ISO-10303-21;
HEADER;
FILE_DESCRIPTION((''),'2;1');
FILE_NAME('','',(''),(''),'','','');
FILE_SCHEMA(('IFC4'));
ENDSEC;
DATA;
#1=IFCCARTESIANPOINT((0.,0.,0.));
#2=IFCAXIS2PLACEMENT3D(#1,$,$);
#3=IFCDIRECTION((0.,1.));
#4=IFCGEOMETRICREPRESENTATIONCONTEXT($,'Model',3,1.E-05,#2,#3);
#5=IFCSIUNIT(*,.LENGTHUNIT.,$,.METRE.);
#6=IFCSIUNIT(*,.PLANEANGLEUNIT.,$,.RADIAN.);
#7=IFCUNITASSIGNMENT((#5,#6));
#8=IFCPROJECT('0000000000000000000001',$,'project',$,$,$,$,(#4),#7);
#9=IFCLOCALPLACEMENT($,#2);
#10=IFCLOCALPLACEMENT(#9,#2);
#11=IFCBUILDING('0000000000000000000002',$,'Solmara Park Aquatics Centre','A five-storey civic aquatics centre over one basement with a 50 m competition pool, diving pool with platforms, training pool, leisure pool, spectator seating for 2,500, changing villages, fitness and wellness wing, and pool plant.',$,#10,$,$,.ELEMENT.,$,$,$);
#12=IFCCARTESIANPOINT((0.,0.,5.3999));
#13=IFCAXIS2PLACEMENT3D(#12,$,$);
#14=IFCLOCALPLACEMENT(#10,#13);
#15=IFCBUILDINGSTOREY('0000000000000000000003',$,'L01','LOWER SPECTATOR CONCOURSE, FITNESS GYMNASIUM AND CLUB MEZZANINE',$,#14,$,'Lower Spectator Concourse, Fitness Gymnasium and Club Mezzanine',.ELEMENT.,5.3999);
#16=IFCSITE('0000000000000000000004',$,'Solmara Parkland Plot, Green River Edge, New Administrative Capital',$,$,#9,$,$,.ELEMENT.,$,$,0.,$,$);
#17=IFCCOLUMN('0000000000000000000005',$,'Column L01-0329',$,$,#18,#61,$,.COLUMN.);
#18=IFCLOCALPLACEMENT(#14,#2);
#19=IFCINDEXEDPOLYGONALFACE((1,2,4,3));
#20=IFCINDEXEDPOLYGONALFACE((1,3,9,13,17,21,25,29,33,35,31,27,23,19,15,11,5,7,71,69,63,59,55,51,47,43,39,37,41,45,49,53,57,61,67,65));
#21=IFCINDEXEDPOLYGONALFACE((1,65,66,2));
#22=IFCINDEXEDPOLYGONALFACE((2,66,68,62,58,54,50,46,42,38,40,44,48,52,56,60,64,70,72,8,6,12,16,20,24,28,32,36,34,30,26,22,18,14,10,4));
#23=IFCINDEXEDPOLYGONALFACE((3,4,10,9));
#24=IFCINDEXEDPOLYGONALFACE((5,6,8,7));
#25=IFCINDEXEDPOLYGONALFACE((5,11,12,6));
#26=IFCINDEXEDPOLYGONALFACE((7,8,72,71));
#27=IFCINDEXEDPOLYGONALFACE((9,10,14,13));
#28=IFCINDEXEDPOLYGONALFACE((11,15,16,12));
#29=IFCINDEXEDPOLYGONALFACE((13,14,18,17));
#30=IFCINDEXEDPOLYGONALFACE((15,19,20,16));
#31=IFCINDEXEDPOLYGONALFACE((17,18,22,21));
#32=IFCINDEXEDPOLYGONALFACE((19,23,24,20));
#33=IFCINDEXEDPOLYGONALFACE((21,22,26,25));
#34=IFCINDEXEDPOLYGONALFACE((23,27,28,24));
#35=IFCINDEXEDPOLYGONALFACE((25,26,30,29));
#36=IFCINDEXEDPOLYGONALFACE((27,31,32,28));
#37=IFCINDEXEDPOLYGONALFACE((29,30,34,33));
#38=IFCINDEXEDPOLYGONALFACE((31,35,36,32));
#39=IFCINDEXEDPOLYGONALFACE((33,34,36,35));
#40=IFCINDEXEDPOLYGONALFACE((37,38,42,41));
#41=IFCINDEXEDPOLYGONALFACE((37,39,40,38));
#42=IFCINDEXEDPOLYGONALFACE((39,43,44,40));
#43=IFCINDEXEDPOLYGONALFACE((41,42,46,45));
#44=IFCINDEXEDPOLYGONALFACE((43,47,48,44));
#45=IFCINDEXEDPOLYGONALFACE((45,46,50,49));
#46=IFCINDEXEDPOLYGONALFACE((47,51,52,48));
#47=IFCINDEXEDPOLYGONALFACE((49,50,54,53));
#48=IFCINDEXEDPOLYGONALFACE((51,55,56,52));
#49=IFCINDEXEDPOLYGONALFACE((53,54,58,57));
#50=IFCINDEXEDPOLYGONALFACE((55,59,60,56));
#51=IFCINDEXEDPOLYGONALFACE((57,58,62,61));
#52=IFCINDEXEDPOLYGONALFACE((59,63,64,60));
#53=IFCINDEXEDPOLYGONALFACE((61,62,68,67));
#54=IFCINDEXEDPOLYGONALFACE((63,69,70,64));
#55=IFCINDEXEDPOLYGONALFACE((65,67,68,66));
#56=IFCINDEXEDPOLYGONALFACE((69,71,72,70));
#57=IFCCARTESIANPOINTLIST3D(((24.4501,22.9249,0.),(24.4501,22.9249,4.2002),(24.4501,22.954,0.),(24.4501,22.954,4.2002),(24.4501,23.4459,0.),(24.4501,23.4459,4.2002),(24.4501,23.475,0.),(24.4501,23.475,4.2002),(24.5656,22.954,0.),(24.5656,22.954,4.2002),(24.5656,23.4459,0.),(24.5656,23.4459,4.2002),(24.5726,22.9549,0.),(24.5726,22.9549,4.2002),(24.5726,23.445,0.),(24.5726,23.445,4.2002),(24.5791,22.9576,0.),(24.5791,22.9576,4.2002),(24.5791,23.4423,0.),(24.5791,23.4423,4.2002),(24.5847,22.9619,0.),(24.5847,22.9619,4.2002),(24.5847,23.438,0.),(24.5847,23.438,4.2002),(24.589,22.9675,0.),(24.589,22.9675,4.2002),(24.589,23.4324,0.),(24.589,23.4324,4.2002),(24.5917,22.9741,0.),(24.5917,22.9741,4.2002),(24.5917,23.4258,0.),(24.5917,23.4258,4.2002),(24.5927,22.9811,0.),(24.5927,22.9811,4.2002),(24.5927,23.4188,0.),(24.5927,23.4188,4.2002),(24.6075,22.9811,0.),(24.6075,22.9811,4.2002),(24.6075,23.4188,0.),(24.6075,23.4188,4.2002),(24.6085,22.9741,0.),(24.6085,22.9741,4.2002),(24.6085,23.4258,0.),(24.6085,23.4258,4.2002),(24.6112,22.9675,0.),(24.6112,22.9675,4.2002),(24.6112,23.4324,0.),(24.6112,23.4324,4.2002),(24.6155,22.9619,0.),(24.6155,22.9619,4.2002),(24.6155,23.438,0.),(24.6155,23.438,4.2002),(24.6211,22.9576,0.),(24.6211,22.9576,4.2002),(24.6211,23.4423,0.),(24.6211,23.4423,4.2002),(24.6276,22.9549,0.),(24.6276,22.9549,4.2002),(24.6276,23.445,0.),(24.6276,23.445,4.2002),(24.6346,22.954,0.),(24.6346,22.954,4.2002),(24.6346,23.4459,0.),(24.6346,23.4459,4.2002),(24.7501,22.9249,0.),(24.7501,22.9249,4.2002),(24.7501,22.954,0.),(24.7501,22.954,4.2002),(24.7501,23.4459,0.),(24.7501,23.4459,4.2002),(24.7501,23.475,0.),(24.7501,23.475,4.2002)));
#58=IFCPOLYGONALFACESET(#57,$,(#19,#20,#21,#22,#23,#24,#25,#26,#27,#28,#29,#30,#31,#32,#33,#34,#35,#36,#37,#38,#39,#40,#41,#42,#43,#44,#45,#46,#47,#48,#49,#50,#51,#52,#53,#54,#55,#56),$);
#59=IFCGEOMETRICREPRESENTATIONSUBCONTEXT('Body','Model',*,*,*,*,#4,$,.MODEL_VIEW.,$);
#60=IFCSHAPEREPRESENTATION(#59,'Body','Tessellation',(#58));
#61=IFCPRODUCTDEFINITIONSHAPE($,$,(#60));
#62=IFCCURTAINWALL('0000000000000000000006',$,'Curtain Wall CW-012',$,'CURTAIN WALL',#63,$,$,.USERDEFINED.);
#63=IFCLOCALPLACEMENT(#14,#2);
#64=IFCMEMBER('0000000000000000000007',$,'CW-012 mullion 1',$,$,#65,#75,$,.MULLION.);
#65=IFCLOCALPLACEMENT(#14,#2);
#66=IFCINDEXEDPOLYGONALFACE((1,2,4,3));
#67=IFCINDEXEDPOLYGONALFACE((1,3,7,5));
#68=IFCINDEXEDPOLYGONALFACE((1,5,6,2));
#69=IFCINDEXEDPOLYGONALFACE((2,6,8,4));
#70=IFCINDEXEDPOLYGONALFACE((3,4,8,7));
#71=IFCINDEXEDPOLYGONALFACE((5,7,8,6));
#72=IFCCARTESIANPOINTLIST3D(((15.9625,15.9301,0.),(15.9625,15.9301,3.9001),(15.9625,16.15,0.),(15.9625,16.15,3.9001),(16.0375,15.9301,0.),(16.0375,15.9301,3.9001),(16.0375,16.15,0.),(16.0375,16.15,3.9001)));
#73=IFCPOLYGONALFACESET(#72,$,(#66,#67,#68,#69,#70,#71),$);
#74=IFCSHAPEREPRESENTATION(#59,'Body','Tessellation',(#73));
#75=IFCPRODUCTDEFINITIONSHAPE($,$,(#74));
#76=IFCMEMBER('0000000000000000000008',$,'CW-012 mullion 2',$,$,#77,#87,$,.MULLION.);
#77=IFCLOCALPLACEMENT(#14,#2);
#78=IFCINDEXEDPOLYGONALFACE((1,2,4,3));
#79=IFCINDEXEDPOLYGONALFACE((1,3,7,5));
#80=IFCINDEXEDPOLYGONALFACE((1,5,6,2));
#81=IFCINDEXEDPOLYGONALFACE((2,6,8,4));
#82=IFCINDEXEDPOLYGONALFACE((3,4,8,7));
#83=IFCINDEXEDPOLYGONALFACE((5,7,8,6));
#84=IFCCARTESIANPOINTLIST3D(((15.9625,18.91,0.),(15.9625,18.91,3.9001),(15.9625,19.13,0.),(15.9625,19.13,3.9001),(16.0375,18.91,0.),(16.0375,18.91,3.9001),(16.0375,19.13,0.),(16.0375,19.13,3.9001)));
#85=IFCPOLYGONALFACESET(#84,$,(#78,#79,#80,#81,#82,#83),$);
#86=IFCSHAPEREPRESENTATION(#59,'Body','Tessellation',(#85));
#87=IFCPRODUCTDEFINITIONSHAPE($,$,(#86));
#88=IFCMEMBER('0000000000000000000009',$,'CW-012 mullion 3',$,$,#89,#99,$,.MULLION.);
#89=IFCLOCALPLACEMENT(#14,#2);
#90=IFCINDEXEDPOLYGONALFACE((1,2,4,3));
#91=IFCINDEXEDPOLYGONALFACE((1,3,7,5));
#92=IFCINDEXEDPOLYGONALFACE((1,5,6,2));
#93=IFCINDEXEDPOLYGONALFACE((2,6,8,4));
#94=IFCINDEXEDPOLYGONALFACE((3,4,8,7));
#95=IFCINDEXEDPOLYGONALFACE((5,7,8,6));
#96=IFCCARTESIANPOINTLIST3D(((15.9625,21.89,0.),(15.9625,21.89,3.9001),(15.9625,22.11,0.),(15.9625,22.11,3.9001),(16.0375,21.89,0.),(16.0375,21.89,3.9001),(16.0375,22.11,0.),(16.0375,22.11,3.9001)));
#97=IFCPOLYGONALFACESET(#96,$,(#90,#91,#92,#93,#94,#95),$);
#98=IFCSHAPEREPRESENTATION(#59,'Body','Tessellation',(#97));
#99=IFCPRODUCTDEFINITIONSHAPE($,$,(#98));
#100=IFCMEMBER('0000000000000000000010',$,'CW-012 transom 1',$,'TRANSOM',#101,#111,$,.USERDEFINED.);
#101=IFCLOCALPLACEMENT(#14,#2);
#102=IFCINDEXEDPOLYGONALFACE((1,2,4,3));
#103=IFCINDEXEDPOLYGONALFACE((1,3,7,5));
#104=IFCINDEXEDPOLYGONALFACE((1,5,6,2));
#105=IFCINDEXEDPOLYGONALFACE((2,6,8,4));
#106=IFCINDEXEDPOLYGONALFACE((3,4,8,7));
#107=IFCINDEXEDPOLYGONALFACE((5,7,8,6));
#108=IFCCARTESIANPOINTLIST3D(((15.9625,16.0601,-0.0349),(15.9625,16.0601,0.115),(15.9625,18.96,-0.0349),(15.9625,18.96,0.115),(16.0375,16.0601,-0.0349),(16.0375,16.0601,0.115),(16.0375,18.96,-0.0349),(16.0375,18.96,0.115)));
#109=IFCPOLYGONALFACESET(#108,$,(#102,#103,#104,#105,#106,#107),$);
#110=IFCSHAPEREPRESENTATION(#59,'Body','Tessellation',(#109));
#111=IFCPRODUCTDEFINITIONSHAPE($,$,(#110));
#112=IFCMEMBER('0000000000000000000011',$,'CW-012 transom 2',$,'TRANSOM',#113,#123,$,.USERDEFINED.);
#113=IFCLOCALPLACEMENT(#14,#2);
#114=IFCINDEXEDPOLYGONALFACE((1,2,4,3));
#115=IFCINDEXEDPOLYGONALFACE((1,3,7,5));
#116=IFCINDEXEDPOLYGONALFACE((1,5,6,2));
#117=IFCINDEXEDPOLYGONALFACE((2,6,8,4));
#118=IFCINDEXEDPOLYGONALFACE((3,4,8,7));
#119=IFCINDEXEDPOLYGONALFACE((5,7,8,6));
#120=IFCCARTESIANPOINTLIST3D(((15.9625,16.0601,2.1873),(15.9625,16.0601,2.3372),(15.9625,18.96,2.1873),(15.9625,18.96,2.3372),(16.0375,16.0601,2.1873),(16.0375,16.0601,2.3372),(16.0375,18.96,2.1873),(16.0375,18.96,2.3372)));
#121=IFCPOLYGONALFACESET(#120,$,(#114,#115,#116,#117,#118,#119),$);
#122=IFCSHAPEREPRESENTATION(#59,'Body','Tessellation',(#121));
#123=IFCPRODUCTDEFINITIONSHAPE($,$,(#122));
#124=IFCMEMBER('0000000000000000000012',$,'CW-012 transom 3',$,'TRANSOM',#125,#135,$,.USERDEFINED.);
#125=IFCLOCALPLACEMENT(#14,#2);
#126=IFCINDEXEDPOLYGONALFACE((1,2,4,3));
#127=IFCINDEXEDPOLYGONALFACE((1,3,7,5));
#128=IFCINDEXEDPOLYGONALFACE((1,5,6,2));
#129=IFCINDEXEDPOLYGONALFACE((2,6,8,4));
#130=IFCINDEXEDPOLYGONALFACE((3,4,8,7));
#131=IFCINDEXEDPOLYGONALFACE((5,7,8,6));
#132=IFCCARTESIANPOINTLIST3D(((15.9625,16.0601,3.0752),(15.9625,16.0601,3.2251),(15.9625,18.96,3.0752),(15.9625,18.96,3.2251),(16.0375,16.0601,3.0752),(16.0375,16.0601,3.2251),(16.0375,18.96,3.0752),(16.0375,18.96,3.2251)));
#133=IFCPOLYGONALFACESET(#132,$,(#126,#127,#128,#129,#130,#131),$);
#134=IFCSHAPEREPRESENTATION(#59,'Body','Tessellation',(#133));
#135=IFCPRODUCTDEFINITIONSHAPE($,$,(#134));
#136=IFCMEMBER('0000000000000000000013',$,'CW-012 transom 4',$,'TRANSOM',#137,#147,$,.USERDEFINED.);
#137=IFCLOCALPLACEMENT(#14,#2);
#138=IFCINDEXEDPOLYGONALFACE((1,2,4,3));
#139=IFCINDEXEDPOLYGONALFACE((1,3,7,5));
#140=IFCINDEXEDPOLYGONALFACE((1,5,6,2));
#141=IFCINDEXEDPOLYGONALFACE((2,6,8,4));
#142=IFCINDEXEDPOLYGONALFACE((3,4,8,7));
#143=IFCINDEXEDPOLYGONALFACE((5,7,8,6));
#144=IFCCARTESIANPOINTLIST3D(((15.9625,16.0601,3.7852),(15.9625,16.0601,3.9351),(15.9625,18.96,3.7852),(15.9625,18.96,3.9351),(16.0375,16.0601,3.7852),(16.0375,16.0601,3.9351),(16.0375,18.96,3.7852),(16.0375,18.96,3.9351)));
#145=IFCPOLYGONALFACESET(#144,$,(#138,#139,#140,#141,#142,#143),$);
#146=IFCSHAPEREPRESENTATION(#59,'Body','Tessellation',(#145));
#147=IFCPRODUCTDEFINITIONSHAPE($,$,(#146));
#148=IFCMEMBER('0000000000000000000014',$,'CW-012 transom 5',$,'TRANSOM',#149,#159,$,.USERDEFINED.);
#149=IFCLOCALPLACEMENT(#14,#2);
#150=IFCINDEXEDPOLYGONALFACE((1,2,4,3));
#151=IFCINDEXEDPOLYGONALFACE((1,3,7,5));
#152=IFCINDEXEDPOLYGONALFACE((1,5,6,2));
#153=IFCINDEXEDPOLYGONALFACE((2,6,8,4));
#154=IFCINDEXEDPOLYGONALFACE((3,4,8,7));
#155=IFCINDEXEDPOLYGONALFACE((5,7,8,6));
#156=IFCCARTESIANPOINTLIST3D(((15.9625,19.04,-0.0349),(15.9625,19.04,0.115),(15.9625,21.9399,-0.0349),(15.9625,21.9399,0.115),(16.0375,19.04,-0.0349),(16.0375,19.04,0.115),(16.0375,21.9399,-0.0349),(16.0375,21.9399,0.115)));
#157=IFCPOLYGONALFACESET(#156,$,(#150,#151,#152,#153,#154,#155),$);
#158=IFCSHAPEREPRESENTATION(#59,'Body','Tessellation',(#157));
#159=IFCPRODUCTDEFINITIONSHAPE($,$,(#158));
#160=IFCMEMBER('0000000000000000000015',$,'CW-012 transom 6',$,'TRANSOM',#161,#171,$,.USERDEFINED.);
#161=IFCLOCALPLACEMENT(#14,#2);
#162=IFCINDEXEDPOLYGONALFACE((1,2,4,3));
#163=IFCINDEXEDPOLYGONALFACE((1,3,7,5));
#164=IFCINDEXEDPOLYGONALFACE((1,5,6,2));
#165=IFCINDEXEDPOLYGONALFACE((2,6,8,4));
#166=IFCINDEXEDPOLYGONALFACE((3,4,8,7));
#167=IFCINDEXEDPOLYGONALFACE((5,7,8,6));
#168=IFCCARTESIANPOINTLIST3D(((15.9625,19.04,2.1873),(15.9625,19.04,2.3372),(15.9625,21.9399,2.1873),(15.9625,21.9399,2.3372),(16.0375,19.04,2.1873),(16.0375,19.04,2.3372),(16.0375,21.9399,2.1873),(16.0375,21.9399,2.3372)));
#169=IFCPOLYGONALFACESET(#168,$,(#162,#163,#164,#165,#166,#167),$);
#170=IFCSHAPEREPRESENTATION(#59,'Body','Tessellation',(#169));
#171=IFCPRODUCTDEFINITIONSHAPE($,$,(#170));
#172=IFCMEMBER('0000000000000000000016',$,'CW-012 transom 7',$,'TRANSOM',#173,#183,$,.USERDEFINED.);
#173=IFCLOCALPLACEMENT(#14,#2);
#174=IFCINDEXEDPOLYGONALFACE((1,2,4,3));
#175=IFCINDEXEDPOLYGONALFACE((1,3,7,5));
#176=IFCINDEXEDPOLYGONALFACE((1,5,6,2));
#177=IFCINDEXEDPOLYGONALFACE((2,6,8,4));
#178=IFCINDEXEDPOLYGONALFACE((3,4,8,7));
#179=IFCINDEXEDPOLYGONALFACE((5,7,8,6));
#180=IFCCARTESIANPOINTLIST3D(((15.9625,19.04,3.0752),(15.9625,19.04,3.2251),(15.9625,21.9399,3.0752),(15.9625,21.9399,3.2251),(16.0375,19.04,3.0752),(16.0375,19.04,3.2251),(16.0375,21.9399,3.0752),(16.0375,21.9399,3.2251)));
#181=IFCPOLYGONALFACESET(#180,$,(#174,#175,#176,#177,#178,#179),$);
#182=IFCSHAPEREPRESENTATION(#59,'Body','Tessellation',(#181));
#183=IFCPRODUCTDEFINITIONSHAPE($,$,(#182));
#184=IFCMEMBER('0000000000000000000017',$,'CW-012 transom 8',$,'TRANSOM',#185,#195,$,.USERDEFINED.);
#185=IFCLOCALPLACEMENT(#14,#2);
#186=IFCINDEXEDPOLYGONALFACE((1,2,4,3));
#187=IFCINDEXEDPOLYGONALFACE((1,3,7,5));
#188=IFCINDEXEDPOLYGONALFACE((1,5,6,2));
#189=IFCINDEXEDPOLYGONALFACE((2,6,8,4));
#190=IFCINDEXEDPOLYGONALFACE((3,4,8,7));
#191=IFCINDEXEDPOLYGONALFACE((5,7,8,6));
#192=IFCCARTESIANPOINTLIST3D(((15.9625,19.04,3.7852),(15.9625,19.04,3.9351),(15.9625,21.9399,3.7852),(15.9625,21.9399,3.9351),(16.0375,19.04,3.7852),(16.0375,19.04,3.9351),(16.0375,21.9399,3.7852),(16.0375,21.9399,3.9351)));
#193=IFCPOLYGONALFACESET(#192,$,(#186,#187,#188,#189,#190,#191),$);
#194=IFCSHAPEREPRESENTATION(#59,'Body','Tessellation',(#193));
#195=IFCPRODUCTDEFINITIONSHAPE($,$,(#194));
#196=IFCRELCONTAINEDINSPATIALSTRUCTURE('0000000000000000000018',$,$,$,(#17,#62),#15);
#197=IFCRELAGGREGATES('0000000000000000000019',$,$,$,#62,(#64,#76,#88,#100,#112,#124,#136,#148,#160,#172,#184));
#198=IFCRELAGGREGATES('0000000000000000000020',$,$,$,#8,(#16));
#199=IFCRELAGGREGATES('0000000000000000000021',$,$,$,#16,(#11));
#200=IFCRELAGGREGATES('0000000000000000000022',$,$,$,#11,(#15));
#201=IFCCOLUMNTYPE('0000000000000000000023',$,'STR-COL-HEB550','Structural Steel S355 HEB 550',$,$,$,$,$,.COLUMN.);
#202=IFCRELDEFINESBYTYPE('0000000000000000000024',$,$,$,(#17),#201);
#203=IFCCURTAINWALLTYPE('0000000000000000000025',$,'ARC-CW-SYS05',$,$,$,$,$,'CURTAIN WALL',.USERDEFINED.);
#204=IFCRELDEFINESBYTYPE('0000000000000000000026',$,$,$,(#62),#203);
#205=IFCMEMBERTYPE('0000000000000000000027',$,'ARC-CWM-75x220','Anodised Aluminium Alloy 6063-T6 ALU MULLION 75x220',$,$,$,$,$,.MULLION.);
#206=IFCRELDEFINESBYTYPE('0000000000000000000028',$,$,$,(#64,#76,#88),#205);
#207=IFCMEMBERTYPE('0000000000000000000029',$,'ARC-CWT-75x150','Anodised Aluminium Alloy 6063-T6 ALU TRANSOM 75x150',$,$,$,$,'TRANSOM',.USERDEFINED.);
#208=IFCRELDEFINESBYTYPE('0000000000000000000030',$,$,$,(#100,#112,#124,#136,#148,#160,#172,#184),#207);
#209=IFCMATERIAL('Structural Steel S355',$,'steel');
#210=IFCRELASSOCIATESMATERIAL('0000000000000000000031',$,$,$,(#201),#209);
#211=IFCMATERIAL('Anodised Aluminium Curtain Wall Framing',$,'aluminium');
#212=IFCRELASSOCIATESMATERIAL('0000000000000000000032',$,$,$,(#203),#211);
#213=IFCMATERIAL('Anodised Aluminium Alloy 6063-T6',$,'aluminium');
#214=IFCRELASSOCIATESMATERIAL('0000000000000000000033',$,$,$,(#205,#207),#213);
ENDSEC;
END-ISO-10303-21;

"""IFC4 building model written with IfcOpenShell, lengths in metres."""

from ifc_helpers import new_model, si_unit, direction, frame, origin, origin_2d, place, context, subcontext, project, spatial, rectangle, i_section, extrude, material, material_profile, profile_set, type_object, element, aggregate, save


model = new_model("IFC4")

# Units and contexts
model_context = context("Model", 3, precision=1e-05, world=origin(), true_north=direction((0.0, 1.0)))
body_context = subcontext(model_context, "Body", "Model", "MODEL_VIEW")
ifc_project = project(units=[si_unit("LENGTHUNIT", "METRE"), si_unit("PLANEANGLEUNIT", "RADIAN")], contexts=[model_context])

# Site, building, storey
site_placement = place(None, origin())
site = spatial("IfcSite", under=ifc_project, at=site_placement, Name="Solmara Parkland Plot, Green River Edge, New Administrative Capital", CompositionType="ELEMENT", RefElevation=0.0)
building_placement = place(site_placement, origin())
building = spatial("IfcBuilding", under=site, at=building_placement, Name="Solmara Park Aquatics Centre", Description="A five-storey civic aquatics centre over one basement with a 50 m competition pool, diving pool with platforms, training pool, leisure pool, spectator seating for 2,500, changing villages, fitness and wellness wing, and pool plant.", CompositionType="ELEMENT")
storey_placement = place(building_placement, frame((0.0, 0.0, 5.3999)))
storey = spatial("IfcBuildingStorey", under=building, at=storey_placement, Name="L01", Description="LOWER SPECTATOR CONCOURSE, FITNESS GYMNASIUM AND CLUB MEZZANINE", LongName="Lower Spectator Concourse, Fitness Gymnasium and Club Mezzanine", CompositionType="ELEMENT", Elevation=5.3999)

# Column
ifc_material_1 = material(Name="Structural Steel S355", Category="steel")
ifc_material_profile_1 = material_profile(ifc_material_1, i_section(OverallWidth=0.3, OverallDepth=0.55, WebThickness=0.0149, FlangeThickness=0.0291, FilletRadius=0.0271, at=origin_2d()), Name="HEB 550")
ifc_profile_set_1 = profile_set([ifc_material_profile_1], Name="Structural Steel S355")
column_type = type_object("IfcColumnType", Name="STR-COL-HEB550", Description="Structural Steel S355 HEB 550", PredefinedType="COLUMN", material=ifc_profile_set_1)
column_placement = place(storey_placement, frame((24.6001, 23.2, 0.0), z_axis=(0.0, 0.0, 1.0), x_axis=(1.0, 0.0, 0.0)))
element("IfcColumn", 1, at=column_placement, inside=storey, type_object=column_type, Name="Column L01-0329", PredefinedType="COLUMN", context=body_context, shape_type="SweptSolid", body=[
    extrude(i_section(OverallWidth=0.3, OverallDepth=0.55, WebThickness=0.0149, FlangeThickness=0.0291, FilletRadius=0.0271, at=origin_2d()), origin(), (0.0, 0.0, 1.0), 4.2002),
])

# Curtain wall, members
ifc_material_2 = material(Name="Anodised Aluminium Curtain Wall Framing", Category="aluminium")
curtain_wall_type = type_object("IfcCurtainWallType", Name="ARC-CW-SYS05", ElementType="CURTAIN WALL", PredefinedType="USERDEFINED", material=ifc_material_2)
curtain_wall_placement = place(storey_placement, origin())
curtain_wall = element("IfcCurtainWall", 2, at=curtain_wall_placement, inside=storey, type_object=curtain_wall_type, Name="Curtain Wall CW-012", ObjectType="CURTAIN WALL", PredefinedType="USERDEFINED")
ifc_material_3 = material(Name="Anodised Aluminium Alloy 6063-T6", Category="aluminium")
ifc_material_profile_2 = material_profile(ifc_material_3, rectangle(XDim=0.075, YDim=0.22, at=origin_2d()), Name="ALU MULLION 75x220")
ifc_profile_set_2 = profile_set([ifc_material_profile_2], Name="Anodised Aluminium Alloy 6063-T6")
member_type_1 = type_object("IfcMemberType", Name="ARC-CWM-75x220", Description="Anodised Aluminium Alloy 6063-T6 ALU MULLION 75x220", PredefinedType="MULLION", material=ifc_profile_set_2)
member_1_placement = place(storey_placement, frame((16.0, 16.04, 0.0), z_axis=(0.0, 0.0, 1.0), x_axis=(1.0, 0.0, 0.0)))
member_1 = element("IfcMember", 3, at=member_1_placement, type_object=member_type_1, Name="CW-012 mullion 1", PredefinedType="MULLION", context=body_context, shape_type="SweptSolid", body=[
    extrude(rectangle(XDim=0.075, YDim=0.22, at=origin_2d()), origin(), (0.0, 0.0, 1.0), 3.9001),
])
member_2_placement = place(storey_placement, frame((16.0, 19.02, 0.0), z_axis=(0.0, 0.0, 1.0), x_axis=(1.0, 0.0, 0.0)))
member_2 = element("IfcMember", 4, at=member_2_placement, type_object=member_type_1, Name="CW-012 mullion 2", PredefinedType="MULLION", context=body_context, shape_type="SweptSolid", body=[
    extrude(rectangle(XDim=0.075, YDim=0.22, at=origin_2d()), origin(), (0.0, 0.0, 1.0), 3.9001),
])
member_3_placement = place(storey_placement, frame((16.0, 22.0, 0.0), z_axis=(0.0, 0.0, 1.0), x_axis=(1.0, 0.0, 0.0)))
member_3 = element("IfcMember", 5, at=member_3_placement, type_object=member_type_1, Name="CW-012 mullion 3", PredefinedType="MULLION", context=body_context, shape_type="SweptSolid", body=[
    extrude(rectangle(XDim=0.075, YDim=0.22, at=origin_2d()), origin(), (0.0, 0.0, 1.0), 3.9001),
])
ifc_material_profile_3 = material_profile(ifc_material_3, rectangle(XDim=0.075, YDim=0.1499, at=origin_2d()), Name="ALU TRANSOM 75x150")
ifc_profile_set_3 = profile_set([ifc_material_profile_3], Name="Anodised Aluminium Alloy 6063-T6")
member_type_2 = type_object("IfcMemberType", Name="ARC-CWT-75x150", Description="Anodised Aluminium Alloy 6063-T6 ALU TRANSOM 75x150", ElementType="TRANSOM", PredefinedType="USERDEFINED", material=ifc_profile_set_3)
member_4_placement = place(storey_placement, frame((16.0, 16.0601, 0.04), z_axis=(0.0, 1.0, 0.0), x_axis=(-1.0, 0.0, 0.0)))
member_4 = element("IfcMember", 6, at=member_4_placement, type_object=member_type_2, Name="CW-012 transom 1", ObjectType="TRANSOM", PredefinedType="USERDEFINED", context=body_context, shape_type="SweptSolid", body=[
    extrude(rectangle(XDim=0.075, YDim=0.1499, at=origin_2d()), origin(), (0.0, 0.0, 1.0), 2.8999),
])
member_5_placement = place(storey_placement, frame((16.0, 16.0601, 2.2622), z_axis=(0.0, 1.0, 0.0), x_axis=(-1.0, 0.0, 0.0)))
member_5 = element("IfcMember", 7, at=member_5_placement, type_object=member_type_2, Name="CW-012 transom 2", ObjectType="TRANSOM", PredefinedType="USERDEFINED", context=body_context, shape_type="SweptSolid", body=[
    extrude(rectangle(XDim=0.075, YDim=0.1499, at=origin_2d()), origin(), (0.0, 0.0, 1.0), 2.8999),
])
member_6_placement = place(storey_placement, frame((16.0, 16.0601, 3.1501), z_axis=(0.0, 1.0, 0.0), x_axis=(-1.0, 0.0, 0.0)))
member_6 = element("IfcMember", 8, at=member_6_placement, type_object=member_type_2, Name="CW-012 transom 3", ObjectType="TRANSOM", PredefinedType="USERDEFINED", context=body_context, shape_type="SweptSolid", body=[
    extrude(rectangle(XDim=0.075, YDim=0.1499, at=origin_2d()), origin(), (0.0, 0.0, 1.0), 2.8999),
])
member_7_placement = place(storey_placement, frame((16.0, 16.0601, 3.8601), z_axis=(0.0, 1.0, 0.0), x_axis=(-1.0, 0.0, 0.0)))
member_7 = element("IfcMember", 9, at=member_7_placement, type_object=member_type_2, Name="CW-012 transom 4", ObjectType="TRANSOM", PredefinedType="USERDEFINED", context=body_context, shape_type="SweptSolid", body=[
    extrude(rectangle(XDim=0.075, YDim=0.1499, at=origin_2d()), origin(), (0.0, 0.0, 1.0), 2.8999),
])
member_8_placement = place(storey_placement, frame((16.0, 19.04, 0.04), z_axis=(0.0, 1.0, 0.0), x_axis=(-1.0, 0.0, 0.0)))
member_8 = element("IfcMember", 10, at=member_8_placement, type_object=member_type_2, Name="CW-012 transom 5", ObjectType="TRANSOM", PredefinedType="USERDEFINED", context=body_context, shape_type="SweptSolid", body=[
    extrude(rectangle(XDim=0.075, YDim=0.1499, at=origin_2d()), origin(), (0.0, 0.0, 1.0), 2.8999),
])
member_9_placement = place(storey_placement, frame((16.0, 19.04, 2.2622), z_axis=(0.0, 1.0, 0.0), x_axis=(-1.0, 0.0, 0.0)))
member_9 = element("IfcMember", 11, at=member_9_placement, type_object=member_type_2, Name="CW-012 transom 6", ObjectType="TRANSOM", PredefinedType="USERDEFINED", context=body_context, shape_type="SweptSolid", body=[
    extrude(rectangle(XDim=0.075, YDim=0.1499, at=origin_2d()), origin(), (0.0, 0.0, 1.0), 2.8999),
])
member_10_placement = place(storey_placement, frame((16.0, 19.04, 3.1501), z_axis=(0.0, 1.0, 0.0), x_axis=(-1.0, 0.0, 0.0)))
member_10 = element("IfcMember", 12, at=member_10_placement, type_object=member_type_2, Name="CW-012 transom 7", ObjectType="TRANSOM", PredefinedType="USERDEFINED", context=body_context, shape_type="SweptSolid", body=[
    extrude(rectangle(XDim=0.075, YDim=0.1499, at=origin_2d()), origin(), (0.0, 0.0, 1.0), 2.8999),
])
member_11_placement = place(storey_placement, frame((16.0, 19.04, 3.8601), z_axis=(0.0, 1.0, 0.0), x_axis=(-1.0, 0.0, 0.0)))
member_11 = element("IfcMember", 13, at=member_11_placement, type_object=member_type_2, Name="CW-012 transom 8", ObjectType="TRANSOM", PredefinedType="USERDEFINED", context=body_context, shape_type="SweptSolid", body=[
    extrude(rectangle(XDim=0.075, YDim=0.1499, at=origin_2d()), origin(), (0.0, 0.0, 1.0), 2.8999),
])

aggregate(curtain_wall, [member_1, member_2, member_3, member_4, member_5, member_6, member_7, member_8, member_9, member_10, member_11])

save(model, "model.ifc")
